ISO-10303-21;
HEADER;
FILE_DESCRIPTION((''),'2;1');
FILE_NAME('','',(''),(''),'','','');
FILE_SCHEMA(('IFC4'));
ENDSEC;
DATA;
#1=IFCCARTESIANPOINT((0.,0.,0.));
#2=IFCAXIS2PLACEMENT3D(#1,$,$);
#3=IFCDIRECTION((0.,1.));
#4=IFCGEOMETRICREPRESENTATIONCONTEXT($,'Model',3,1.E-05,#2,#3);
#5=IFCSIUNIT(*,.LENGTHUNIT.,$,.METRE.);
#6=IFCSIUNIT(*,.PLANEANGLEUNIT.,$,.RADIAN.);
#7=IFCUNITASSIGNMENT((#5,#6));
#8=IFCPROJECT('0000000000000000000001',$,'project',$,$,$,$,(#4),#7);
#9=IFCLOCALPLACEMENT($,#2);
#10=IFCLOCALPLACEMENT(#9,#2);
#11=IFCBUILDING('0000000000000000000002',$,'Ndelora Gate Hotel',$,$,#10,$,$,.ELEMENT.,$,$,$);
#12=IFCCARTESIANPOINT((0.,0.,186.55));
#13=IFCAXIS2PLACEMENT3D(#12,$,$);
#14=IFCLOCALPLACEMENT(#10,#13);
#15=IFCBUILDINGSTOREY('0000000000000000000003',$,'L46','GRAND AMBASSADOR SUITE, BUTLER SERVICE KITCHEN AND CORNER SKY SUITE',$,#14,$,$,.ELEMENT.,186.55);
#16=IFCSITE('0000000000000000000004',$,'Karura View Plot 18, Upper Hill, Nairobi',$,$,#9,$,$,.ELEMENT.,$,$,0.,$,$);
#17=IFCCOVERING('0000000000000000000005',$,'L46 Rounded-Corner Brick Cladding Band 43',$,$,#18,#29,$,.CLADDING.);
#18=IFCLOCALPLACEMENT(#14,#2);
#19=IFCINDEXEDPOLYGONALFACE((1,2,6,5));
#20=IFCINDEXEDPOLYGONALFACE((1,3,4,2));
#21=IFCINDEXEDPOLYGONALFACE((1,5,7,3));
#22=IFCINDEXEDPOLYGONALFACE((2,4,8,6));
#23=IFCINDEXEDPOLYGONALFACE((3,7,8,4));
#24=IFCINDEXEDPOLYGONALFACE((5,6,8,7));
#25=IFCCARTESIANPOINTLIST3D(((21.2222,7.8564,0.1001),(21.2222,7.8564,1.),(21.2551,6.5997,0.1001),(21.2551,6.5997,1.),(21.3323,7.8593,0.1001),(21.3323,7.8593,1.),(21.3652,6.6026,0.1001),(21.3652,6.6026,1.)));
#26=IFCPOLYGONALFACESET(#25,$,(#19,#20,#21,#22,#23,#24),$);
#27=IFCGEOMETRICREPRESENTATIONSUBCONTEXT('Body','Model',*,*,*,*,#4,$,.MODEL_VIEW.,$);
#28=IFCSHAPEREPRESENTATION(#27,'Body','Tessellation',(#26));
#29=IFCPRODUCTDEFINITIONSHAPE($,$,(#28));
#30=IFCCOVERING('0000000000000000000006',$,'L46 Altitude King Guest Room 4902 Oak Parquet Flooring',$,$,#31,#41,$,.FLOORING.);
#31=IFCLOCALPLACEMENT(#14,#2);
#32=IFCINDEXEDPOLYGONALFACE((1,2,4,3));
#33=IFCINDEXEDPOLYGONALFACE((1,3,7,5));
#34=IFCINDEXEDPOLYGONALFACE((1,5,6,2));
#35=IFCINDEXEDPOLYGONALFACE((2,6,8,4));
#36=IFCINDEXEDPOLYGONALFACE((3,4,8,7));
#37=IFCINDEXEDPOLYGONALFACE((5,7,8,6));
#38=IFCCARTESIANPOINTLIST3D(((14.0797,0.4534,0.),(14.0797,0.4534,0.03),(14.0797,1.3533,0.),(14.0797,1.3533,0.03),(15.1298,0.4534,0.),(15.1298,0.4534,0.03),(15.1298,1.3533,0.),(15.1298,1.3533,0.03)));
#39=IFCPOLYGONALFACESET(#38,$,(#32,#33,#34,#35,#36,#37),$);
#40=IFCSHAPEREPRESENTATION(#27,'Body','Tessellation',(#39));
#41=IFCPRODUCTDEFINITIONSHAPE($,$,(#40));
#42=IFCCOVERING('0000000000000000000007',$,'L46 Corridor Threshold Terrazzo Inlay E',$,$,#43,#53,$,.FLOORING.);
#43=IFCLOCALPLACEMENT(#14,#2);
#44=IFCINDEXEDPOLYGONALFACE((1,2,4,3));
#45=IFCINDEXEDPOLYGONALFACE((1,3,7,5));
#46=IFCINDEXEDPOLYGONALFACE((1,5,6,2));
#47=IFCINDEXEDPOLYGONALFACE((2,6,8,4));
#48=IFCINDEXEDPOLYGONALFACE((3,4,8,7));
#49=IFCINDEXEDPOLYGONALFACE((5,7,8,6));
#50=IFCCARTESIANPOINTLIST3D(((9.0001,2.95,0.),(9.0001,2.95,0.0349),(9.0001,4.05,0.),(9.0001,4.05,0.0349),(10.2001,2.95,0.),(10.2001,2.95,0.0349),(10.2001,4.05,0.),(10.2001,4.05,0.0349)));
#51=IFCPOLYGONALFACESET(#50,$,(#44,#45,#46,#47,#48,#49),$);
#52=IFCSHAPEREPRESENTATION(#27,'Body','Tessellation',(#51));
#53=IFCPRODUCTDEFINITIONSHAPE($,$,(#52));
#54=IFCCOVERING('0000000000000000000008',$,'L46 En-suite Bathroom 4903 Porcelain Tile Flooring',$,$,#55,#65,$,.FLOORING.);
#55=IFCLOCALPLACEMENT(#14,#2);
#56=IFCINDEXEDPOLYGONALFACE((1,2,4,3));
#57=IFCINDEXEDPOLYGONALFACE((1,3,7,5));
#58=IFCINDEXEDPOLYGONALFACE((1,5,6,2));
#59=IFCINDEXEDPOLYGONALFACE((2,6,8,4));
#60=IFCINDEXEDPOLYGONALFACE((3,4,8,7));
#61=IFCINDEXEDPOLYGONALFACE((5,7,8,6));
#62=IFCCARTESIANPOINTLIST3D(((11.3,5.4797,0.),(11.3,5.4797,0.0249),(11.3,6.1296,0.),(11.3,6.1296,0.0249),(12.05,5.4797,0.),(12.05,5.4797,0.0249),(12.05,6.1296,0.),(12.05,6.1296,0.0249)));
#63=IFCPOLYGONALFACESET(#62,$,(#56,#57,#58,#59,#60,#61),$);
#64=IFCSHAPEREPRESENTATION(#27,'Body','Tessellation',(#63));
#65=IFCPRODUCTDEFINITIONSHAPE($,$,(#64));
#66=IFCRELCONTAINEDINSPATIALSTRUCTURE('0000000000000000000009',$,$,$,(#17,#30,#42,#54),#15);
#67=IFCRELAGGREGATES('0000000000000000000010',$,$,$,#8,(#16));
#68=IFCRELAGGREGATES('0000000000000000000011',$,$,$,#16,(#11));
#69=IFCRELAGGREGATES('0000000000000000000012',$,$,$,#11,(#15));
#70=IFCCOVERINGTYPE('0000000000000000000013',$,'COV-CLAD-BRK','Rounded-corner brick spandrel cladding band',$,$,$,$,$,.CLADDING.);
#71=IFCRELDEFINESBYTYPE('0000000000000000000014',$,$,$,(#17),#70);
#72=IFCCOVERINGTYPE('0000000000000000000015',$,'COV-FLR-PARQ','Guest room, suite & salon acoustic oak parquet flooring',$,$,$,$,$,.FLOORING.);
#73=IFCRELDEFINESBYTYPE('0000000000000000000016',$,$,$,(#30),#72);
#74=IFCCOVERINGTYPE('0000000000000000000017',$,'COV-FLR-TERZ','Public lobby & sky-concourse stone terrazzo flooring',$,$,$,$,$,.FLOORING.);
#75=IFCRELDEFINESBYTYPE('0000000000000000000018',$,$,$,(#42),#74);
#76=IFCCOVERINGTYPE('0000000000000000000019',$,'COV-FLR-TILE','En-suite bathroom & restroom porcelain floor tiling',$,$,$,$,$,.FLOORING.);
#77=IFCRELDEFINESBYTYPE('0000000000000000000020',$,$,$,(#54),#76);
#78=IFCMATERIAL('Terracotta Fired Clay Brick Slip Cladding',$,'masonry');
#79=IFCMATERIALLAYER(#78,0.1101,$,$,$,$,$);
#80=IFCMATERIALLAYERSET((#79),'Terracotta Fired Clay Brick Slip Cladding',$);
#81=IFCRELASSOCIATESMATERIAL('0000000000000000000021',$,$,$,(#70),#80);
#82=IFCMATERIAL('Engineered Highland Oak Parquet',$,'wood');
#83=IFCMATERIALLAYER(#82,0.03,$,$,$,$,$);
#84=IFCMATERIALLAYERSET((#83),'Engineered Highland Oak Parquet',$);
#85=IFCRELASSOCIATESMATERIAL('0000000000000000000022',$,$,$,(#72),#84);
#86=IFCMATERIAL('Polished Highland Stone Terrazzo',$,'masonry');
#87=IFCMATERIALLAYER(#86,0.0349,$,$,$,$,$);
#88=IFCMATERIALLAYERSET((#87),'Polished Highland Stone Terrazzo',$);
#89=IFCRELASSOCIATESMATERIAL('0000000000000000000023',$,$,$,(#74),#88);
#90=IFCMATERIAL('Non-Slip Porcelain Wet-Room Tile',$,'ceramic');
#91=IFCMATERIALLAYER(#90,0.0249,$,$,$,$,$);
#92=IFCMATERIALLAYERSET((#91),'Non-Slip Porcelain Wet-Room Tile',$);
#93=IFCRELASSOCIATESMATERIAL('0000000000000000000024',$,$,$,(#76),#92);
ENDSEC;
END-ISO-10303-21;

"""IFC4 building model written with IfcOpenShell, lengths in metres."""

from ifc_helpers import new_model, si_unit, direction, frame, origin, origin_2d, place, context, subcontext, project, spatial, rectangle, extrude, material, layer, layer_set, type_object, element, save


model = new_model("IFC4")

# Units and contexts
model_context = context("Model", 3, precision=1e-05, world=origin(), true_north=direction((0.0, 1.0)))
body_context = subcontext(model_context, "Body", "Model", "MODEL_VIEW")
ifc_project = project(units=[si_unit("LENGTHUNIT", "METRE"), si_unit("PLANEANGLEUNIT", "RADIAN")], contexts=[model_context])

# Site, building, storey
site_placement = place(None, origin())
site = spatial("IfcSite", under=ifc_project, at=site_placement, Name="Karura View Plot 18, Upper Hill, Nairobi", CompositionType="ELEMENT", RefElevation=0.0)
building_placement = place(site_placement, origin())
building = spatial("IfcBuilding", under=site, at=building_placement, Name="Ndelora Gate Hotel", CompositionType="ELEMENT")
storey_placement = place(building_placement, frame((0.0, 0.0, 186.55)))
storey = spatial("IfcBuildingStorey", under=building, at=storey_placement, Name="L46", Description="GRAND AMBASSADOR SUITE, BUTLER SERVICE KITCHEN AND CORNER SKY SUITE", CompositionType="ELEMENT", Elevation=186.55)

# Coverings
ifc_material_1 = material(Name="Terracotta Fired Clay Brick Slip Cladding", Category="masonry")
ifc_layer_1 = layer(ifc_material_1, 0.1101)
ifc_layer_set_1 = layer_set([ifc_layer_1], Name="Terracotta Fired Clay Brick Slip Cladding")
covering_type_1 = type_object("IfcCoveringType", Name="COV-CLAD-BRK", Description="Rounded-corner brick spandrel cladding band", PredefinedType="CLADDING", material=ifc_layer_set_1)
covering_1_placement = place(storey_placement, frame((21.2937, 7.2295, 0.1001), z_axis=(0.0, 0.0, 1.0), x_axis=(-0.026177, 0.999657, 0.0)))
element("IfcCovering", 1, at=covering_1_placement, inside=storey, type_object=covering_type_1, Name="L46 Rounded-Corner Brick Cladding Band 43", PredefinedType="CLADDING", context=body_context, shape_type="SweptSolid", body=[
    extrude(rectangle(XDim=1.2571, YDim=0.1101, at=origin_2d()), origin(), (0.0, 0.0, 1.0), 0.8999),
])
ifc_material_2 = material(Name="Engineered Highland Oak Parquet", Category="wood")
ifc_layer_2 = layer(ifc_material_2, 0.03)
ifc_layer_set_2 = layer_set([ifc_layer_2], Name="Engineered Highland Oak Parquet")
covering_type_2 = type_object("IfcCoveringType", Name="COV-FLR-PARQ", Description="Guest room, suite & salon acoustic oak parquet flooring", PredefinedType="FLOORING", material=ifc_layer_set_2)
covering_2_placement = place(storey_placement, frame((14.6047, 0.9033, 0.0), z_axis=(0.0, 0.0, 1.0), x_axis=(1.0, 0.0, 0.0)))
element("IfcCovering", 2, at=covering_2_placement, inside=storey, type_object=covering_type_2, Name="L46 Altitude King Guest Room 4902 Oak Parquet Flooring", PredefinedType="FLOORING", context=body_context, shape_type="SweptSolid", body=[
    extrude(rectangle(XDim=1.05, YDim=0.8999, at=origin_2d()), origin(), (0.0, 0.0, 1.0), 0.03),
])
ifc_material_3 = material(Name="Polished Highland Stone Terrazzo", Category="masonry")
ifc_layer_3 = layer(ifc_material_3, 0.0349)
ifc_layer_set_3 = layer_set([ifc_layer_3], Name="Polished Highland Stone Terrazzo")
covering_type_3 = type_object("IfcCoveringType", Name="COV-FLR-TERZ", Description="Public lobby & sky-concourse stone terrazzo flooring", PredefinedType="FLOORING", material=ifc_layer_set_3)
covering_3_placement = place(storey_placement, frame((9.6001, 3.5, 0.0), z_axis=(0.0, 0.0, 1.0), x_axis=(1.0, 0.0, 0.0)))
element("IfcCovering", 3, at=covering_3_placement, inside=storey, type_object=covering_type_3, Name="L46 Corridor Threshold Terrazzo Inlay E", PredefinedType="FLOORING", context=body_context, shape_type="SweptSolid", body=[
    extrude(rectangle(XDim=1.2, YDim=1.1001, at=origin_2d()), origin(), (0.0, 0.0, 1.0), 0.0349),
])
ifc_material_4 = material(Name="Non-Slip Porcelain Wet-Room Tile", Category="ceramic")
ifc_layer_4 = layer(ifc_material_4, 0.0249)
ifc_layer_set_4 = layer_set([ifc_layer_4], Name="Non-Slip Porcelain Wet-Room Tile")
covering_type_4 = type_object("IfcCoveringType", Name="COV-FLR-TILE", Description="En-suite bathroom & restroom porcelain floor tiling", PredefinedType="FLOORING", material=ifc_layer_set_4)
covering_4_placement = place(storey_placement, frame((11.675, 5.8047, 0.0), z_axis=(0.0, 0.0, 1.0), x_axis=(1.0, 0.0, 0.0)))
element("IfcCovering", 4, at=covering_4_placement, inside=storey, type_object=covering_type_4, Name="L46 En-suite Bathroom 4903 Porcelain Tile Flooring", PredefinedType="FLOORING", context=body_context, shape_type="SweptSolid", body=[
    extrude(rectangle(XDim=0.75, YDim=0.6499, at=origin_2d()), origin(), (0.0, 0.0, 1.0), 0.0249),
])

save(model, "model.ifc")
